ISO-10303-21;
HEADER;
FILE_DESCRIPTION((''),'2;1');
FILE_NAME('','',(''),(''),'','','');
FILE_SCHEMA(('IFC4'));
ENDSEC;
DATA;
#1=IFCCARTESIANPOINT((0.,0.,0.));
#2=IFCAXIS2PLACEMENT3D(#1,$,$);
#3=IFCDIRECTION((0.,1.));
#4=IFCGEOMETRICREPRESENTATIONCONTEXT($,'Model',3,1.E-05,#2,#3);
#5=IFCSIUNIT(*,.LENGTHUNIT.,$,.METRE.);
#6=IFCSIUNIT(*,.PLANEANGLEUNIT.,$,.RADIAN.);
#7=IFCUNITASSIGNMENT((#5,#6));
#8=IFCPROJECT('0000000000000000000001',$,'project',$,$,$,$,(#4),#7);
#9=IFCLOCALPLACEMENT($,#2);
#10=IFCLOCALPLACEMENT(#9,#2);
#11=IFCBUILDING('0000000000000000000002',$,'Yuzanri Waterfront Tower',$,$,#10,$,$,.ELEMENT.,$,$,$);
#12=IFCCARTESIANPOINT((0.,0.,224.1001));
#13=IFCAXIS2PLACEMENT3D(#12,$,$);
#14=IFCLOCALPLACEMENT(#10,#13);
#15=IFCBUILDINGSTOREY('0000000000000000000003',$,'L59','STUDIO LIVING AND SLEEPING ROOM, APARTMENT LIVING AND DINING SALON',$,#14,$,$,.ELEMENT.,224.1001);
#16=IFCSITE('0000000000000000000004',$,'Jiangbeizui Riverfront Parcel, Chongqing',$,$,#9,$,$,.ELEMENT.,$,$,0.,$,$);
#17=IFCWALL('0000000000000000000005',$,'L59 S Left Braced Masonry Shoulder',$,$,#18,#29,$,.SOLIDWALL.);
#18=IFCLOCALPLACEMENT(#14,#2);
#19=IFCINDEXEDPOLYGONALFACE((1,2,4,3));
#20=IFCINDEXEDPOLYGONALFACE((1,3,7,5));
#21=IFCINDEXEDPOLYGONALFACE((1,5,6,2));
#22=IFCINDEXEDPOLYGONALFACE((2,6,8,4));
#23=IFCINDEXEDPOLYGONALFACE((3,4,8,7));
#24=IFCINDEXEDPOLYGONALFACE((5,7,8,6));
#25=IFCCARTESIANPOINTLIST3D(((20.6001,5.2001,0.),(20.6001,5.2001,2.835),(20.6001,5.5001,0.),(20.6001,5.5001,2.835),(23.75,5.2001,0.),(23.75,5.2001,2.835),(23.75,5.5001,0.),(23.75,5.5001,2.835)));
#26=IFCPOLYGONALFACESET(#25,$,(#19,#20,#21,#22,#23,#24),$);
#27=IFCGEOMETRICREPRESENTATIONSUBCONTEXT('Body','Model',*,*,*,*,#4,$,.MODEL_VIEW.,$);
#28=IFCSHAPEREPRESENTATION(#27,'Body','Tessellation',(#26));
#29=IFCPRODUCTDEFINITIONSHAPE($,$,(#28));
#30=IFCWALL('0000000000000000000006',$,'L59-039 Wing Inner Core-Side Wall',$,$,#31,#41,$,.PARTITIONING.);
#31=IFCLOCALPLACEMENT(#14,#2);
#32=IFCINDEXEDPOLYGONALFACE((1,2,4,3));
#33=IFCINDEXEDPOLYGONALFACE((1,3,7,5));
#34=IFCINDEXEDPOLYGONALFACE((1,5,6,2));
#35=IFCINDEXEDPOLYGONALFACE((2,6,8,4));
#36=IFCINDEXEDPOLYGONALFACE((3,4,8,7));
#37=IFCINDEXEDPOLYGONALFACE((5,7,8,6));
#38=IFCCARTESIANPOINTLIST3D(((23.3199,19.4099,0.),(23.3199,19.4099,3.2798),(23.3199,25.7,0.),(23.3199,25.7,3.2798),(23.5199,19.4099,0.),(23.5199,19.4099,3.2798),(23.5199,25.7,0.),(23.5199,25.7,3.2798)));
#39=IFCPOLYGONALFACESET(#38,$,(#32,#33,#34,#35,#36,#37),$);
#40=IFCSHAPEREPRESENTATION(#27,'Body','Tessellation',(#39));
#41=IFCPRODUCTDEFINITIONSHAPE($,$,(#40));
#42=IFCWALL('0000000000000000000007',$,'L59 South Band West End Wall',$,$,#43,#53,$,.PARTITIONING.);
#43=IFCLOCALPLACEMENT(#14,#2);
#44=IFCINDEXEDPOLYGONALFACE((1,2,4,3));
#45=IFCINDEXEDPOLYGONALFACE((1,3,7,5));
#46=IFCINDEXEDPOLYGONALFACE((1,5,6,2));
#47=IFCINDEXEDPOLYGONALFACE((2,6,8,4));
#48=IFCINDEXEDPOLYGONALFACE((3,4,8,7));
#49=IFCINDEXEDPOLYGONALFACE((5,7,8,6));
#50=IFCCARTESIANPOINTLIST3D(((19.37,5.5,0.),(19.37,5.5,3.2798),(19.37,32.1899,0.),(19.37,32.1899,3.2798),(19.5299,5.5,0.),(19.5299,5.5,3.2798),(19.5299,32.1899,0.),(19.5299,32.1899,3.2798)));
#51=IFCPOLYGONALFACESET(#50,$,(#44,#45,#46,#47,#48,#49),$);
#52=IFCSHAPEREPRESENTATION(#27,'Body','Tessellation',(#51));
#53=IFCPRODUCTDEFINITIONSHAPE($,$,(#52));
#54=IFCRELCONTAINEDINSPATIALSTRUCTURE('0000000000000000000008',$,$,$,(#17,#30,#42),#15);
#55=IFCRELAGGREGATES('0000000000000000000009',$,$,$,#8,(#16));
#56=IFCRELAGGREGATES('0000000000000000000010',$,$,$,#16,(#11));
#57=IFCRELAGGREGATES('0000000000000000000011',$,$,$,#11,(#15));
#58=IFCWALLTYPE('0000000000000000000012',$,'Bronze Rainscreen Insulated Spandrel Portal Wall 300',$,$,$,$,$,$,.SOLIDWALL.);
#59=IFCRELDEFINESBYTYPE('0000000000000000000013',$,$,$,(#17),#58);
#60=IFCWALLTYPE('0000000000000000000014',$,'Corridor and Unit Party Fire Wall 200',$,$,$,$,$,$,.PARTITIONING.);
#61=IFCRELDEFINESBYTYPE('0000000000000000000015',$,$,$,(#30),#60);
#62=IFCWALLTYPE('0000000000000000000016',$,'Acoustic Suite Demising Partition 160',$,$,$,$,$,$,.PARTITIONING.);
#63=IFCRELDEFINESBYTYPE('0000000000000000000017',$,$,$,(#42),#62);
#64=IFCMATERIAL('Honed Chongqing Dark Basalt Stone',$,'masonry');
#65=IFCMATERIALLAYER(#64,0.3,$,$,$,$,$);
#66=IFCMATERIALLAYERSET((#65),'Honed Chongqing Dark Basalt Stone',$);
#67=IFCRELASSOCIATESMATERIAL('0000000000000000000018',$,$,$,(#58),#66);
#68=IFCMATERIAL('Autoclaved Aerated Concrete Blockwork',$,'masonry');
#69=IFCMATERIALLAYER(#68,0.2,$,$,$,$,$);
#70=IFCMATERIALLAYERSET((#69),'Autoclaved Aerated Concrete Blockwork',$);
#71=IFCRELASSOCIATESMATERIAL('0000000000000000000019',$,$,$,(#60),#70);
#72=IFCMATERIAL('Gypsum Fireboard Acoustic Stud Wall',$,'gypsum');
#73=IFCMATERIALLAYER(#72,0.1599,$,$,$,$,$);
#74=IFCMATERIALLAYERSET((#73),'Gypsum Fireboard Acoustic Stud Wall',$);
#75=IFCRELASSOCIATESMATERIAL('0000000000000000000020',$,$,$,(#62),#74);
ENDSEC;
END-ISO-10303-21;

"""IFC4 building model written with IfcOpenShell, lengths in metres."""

from ifc_helpers import new_model, si_unit, direction, frame, frame_2d, origin, place, context, subcontext, project, spatial, rectangle, extrude, source, transform, mapped, material, layer, layer_set, type_object, element, save


model = new_model("IFC4")

# Units and contexts
model_context = context("Model", 3, precision=1e-05, world=origin(), true_north=direction((0.0, 1.0)))
body_context = subcontext(model_context, "Body", "Model", "MODEL_VIEW")
ifc_project = project(units=[si_unit("LENGTHUNIT", "METRE"), si_unit("PLANEANGLEUNIT", "RADIAN")], contexts=[model_context])

# Site, building, storey
site_placement = place(None, origin())
site = spatial("IfcSite", under=ifc_project, at=site_placement, Name="Jiangbeizui Riverfront Parcel, Chongqing", CompositionType="ELEMENT", RefElevation=0.0)
building_placement = place(site_placement, origin())
building = spatial("IfcBuilding", under=site, at=building_placement, Name="Yuzanri Waterfront Tower", CompositionType="ELEMENT")
storey_placement = place(building_placement, frame((0.0, 0.0, 224.1001)))
storey = spatial("IfcBuildingStorey", under=building, at=storey_placement, Name="L59", Description="STUDIO LIVING AND SLEEPING ROOM, APARTMENT LIVING AND DINING SALON", CompositionType="ELEMENT", Elevation=224.1001)

# Shared definitions
ifc_material_1 = material(Name="Honed Chongqing Dark Basalt Stone", Category="masonry")
ifc_layer_1 = layer(ifc_material_1, 0.3)
ifc_layer_set_1 = layer_set([ifc_layer_1], Name="Honed Chongqing Dark Basalt Stone")
wall_type_1 = type_object("IfcWallType", Name="Bronze Rainscreen Insulated Spandrel Portal Wall 300", PredefinedType="SOLIDWALL", material=ifc_layer_set_1)

# Shared definitions
ifc_material_2 = material(Name="Autoclaved Aerated Concrete Blockwork", Category="masonry")
ifc_layer_2 = layer(ifc_material_2, 0.2)
ifc_layer_set_2 = layer_set([ifc_layer_2], Name="Autoclaved Aerated Concrete Blockwork")
wall_type_2 = type_object("IfcWallType", Name="Corridor and Unit Party Fire Wall 200", PredefinedType="PARTITIONING", material=ifc_layer_set_2)

# Walls
shared_shape_1 = source(origin(), body_context, "Body", "SweptSolid", [
    extrude(rectangle(XDim=3.1499, YDim=0.3, at=frame_2d((1.575, 0.0))), origin(), (0.0, 0.0, 1.0), 2.835),
])
wall_1_placement = place(storey_placement, frame((20.6001, 5.3501, 0.0), z_axis=(0.0, 0.0, 1.0), x_axis=(1.0, 0.0, 0.0)))
element("IfcWall", 1, at=wall_1_placement, inside=storey, type_object=wall_type_1, Name="L59 S Left Braced Masonry Shoulder", PredefinedType="SOLIDWALL", context=body_context, shape_type="MappedRepresentation", body=[
    mapped(shared_shape_1, transform((0.0, 0.0, 0.0), scale=1.0)),
])
shared_shape_2 = source(origin(), body_context, "Body", "SweptSolid", [
    extrude(rectangle(XDim=6.29, YDim=0.2, at=frame_2d((3.145, 0.0))), origin(), (0.0, 0.0, 1.0), 3.2798),
])
wall_2_placement = place(storey_placement, frame((23.4199, 19.4099, 0.0), z_axis=(0.0, 0.0, 1.0), x_axis=(0.0, 1.0, 0.0)))
element("IfcWall", 2, at=wall_2_placement, inside=storey, type_object=wall_type_2, Name="L59-039 Wing Inner Core-Side Wall", PredefinedType="PARTITIONING", context=body_context, shape_type="MappedRepresentation", body=[
    mapped(shared_shape_2, transform((0.0, 0.0, 0.0), scale=1.0)),
])
ifc_material_3 = material(Name="Gypsum Fireboard Acoustic Stud Wall", Category="gypsum")
ifc_layer_3 = layer(ifc_material_3, 0.1599)
ifc_layer_set_3 = layer_set([ifc_layer_3], Name="Gypsum Fireboard Acoustic Stud Wall")
wall_type_3 = type_object("IfcWallType", Name="Acoustic Suite Demising Partition 160", PredefinedType="PARTITIONING", material=ifc_layer_set_3)
shared_shape_3 = source(origin(), body_context, "Body", "SweptSolid", [
    extrude(rectangle(XDim=26.6899, YDim=0.1599, at=frame_2d((13.345, 0.0))), origin(), (0.0, 0.0, 1.0), 3.2798),
])
wall_3_placement = place(storey_placement, frame((19.45, 5.5, 0.0), z_axis=(0.0, 0.0, 1.0), x_axis=(0.0, 1.0, 0.0)))
element("IfcWall", 3, at=wall_3_placement, inside=storey, type_object=wall_type_3, Name="L59 South Band West End Wall", PredefinedType="PARTITIONING", context=body_context, shape_type="MappedRepresentation", body=[
    mapped(shared_shape_3, transform((0.0, 0.0, 0.0), scale=1.0)),
])

save(model, "model.ifc")
